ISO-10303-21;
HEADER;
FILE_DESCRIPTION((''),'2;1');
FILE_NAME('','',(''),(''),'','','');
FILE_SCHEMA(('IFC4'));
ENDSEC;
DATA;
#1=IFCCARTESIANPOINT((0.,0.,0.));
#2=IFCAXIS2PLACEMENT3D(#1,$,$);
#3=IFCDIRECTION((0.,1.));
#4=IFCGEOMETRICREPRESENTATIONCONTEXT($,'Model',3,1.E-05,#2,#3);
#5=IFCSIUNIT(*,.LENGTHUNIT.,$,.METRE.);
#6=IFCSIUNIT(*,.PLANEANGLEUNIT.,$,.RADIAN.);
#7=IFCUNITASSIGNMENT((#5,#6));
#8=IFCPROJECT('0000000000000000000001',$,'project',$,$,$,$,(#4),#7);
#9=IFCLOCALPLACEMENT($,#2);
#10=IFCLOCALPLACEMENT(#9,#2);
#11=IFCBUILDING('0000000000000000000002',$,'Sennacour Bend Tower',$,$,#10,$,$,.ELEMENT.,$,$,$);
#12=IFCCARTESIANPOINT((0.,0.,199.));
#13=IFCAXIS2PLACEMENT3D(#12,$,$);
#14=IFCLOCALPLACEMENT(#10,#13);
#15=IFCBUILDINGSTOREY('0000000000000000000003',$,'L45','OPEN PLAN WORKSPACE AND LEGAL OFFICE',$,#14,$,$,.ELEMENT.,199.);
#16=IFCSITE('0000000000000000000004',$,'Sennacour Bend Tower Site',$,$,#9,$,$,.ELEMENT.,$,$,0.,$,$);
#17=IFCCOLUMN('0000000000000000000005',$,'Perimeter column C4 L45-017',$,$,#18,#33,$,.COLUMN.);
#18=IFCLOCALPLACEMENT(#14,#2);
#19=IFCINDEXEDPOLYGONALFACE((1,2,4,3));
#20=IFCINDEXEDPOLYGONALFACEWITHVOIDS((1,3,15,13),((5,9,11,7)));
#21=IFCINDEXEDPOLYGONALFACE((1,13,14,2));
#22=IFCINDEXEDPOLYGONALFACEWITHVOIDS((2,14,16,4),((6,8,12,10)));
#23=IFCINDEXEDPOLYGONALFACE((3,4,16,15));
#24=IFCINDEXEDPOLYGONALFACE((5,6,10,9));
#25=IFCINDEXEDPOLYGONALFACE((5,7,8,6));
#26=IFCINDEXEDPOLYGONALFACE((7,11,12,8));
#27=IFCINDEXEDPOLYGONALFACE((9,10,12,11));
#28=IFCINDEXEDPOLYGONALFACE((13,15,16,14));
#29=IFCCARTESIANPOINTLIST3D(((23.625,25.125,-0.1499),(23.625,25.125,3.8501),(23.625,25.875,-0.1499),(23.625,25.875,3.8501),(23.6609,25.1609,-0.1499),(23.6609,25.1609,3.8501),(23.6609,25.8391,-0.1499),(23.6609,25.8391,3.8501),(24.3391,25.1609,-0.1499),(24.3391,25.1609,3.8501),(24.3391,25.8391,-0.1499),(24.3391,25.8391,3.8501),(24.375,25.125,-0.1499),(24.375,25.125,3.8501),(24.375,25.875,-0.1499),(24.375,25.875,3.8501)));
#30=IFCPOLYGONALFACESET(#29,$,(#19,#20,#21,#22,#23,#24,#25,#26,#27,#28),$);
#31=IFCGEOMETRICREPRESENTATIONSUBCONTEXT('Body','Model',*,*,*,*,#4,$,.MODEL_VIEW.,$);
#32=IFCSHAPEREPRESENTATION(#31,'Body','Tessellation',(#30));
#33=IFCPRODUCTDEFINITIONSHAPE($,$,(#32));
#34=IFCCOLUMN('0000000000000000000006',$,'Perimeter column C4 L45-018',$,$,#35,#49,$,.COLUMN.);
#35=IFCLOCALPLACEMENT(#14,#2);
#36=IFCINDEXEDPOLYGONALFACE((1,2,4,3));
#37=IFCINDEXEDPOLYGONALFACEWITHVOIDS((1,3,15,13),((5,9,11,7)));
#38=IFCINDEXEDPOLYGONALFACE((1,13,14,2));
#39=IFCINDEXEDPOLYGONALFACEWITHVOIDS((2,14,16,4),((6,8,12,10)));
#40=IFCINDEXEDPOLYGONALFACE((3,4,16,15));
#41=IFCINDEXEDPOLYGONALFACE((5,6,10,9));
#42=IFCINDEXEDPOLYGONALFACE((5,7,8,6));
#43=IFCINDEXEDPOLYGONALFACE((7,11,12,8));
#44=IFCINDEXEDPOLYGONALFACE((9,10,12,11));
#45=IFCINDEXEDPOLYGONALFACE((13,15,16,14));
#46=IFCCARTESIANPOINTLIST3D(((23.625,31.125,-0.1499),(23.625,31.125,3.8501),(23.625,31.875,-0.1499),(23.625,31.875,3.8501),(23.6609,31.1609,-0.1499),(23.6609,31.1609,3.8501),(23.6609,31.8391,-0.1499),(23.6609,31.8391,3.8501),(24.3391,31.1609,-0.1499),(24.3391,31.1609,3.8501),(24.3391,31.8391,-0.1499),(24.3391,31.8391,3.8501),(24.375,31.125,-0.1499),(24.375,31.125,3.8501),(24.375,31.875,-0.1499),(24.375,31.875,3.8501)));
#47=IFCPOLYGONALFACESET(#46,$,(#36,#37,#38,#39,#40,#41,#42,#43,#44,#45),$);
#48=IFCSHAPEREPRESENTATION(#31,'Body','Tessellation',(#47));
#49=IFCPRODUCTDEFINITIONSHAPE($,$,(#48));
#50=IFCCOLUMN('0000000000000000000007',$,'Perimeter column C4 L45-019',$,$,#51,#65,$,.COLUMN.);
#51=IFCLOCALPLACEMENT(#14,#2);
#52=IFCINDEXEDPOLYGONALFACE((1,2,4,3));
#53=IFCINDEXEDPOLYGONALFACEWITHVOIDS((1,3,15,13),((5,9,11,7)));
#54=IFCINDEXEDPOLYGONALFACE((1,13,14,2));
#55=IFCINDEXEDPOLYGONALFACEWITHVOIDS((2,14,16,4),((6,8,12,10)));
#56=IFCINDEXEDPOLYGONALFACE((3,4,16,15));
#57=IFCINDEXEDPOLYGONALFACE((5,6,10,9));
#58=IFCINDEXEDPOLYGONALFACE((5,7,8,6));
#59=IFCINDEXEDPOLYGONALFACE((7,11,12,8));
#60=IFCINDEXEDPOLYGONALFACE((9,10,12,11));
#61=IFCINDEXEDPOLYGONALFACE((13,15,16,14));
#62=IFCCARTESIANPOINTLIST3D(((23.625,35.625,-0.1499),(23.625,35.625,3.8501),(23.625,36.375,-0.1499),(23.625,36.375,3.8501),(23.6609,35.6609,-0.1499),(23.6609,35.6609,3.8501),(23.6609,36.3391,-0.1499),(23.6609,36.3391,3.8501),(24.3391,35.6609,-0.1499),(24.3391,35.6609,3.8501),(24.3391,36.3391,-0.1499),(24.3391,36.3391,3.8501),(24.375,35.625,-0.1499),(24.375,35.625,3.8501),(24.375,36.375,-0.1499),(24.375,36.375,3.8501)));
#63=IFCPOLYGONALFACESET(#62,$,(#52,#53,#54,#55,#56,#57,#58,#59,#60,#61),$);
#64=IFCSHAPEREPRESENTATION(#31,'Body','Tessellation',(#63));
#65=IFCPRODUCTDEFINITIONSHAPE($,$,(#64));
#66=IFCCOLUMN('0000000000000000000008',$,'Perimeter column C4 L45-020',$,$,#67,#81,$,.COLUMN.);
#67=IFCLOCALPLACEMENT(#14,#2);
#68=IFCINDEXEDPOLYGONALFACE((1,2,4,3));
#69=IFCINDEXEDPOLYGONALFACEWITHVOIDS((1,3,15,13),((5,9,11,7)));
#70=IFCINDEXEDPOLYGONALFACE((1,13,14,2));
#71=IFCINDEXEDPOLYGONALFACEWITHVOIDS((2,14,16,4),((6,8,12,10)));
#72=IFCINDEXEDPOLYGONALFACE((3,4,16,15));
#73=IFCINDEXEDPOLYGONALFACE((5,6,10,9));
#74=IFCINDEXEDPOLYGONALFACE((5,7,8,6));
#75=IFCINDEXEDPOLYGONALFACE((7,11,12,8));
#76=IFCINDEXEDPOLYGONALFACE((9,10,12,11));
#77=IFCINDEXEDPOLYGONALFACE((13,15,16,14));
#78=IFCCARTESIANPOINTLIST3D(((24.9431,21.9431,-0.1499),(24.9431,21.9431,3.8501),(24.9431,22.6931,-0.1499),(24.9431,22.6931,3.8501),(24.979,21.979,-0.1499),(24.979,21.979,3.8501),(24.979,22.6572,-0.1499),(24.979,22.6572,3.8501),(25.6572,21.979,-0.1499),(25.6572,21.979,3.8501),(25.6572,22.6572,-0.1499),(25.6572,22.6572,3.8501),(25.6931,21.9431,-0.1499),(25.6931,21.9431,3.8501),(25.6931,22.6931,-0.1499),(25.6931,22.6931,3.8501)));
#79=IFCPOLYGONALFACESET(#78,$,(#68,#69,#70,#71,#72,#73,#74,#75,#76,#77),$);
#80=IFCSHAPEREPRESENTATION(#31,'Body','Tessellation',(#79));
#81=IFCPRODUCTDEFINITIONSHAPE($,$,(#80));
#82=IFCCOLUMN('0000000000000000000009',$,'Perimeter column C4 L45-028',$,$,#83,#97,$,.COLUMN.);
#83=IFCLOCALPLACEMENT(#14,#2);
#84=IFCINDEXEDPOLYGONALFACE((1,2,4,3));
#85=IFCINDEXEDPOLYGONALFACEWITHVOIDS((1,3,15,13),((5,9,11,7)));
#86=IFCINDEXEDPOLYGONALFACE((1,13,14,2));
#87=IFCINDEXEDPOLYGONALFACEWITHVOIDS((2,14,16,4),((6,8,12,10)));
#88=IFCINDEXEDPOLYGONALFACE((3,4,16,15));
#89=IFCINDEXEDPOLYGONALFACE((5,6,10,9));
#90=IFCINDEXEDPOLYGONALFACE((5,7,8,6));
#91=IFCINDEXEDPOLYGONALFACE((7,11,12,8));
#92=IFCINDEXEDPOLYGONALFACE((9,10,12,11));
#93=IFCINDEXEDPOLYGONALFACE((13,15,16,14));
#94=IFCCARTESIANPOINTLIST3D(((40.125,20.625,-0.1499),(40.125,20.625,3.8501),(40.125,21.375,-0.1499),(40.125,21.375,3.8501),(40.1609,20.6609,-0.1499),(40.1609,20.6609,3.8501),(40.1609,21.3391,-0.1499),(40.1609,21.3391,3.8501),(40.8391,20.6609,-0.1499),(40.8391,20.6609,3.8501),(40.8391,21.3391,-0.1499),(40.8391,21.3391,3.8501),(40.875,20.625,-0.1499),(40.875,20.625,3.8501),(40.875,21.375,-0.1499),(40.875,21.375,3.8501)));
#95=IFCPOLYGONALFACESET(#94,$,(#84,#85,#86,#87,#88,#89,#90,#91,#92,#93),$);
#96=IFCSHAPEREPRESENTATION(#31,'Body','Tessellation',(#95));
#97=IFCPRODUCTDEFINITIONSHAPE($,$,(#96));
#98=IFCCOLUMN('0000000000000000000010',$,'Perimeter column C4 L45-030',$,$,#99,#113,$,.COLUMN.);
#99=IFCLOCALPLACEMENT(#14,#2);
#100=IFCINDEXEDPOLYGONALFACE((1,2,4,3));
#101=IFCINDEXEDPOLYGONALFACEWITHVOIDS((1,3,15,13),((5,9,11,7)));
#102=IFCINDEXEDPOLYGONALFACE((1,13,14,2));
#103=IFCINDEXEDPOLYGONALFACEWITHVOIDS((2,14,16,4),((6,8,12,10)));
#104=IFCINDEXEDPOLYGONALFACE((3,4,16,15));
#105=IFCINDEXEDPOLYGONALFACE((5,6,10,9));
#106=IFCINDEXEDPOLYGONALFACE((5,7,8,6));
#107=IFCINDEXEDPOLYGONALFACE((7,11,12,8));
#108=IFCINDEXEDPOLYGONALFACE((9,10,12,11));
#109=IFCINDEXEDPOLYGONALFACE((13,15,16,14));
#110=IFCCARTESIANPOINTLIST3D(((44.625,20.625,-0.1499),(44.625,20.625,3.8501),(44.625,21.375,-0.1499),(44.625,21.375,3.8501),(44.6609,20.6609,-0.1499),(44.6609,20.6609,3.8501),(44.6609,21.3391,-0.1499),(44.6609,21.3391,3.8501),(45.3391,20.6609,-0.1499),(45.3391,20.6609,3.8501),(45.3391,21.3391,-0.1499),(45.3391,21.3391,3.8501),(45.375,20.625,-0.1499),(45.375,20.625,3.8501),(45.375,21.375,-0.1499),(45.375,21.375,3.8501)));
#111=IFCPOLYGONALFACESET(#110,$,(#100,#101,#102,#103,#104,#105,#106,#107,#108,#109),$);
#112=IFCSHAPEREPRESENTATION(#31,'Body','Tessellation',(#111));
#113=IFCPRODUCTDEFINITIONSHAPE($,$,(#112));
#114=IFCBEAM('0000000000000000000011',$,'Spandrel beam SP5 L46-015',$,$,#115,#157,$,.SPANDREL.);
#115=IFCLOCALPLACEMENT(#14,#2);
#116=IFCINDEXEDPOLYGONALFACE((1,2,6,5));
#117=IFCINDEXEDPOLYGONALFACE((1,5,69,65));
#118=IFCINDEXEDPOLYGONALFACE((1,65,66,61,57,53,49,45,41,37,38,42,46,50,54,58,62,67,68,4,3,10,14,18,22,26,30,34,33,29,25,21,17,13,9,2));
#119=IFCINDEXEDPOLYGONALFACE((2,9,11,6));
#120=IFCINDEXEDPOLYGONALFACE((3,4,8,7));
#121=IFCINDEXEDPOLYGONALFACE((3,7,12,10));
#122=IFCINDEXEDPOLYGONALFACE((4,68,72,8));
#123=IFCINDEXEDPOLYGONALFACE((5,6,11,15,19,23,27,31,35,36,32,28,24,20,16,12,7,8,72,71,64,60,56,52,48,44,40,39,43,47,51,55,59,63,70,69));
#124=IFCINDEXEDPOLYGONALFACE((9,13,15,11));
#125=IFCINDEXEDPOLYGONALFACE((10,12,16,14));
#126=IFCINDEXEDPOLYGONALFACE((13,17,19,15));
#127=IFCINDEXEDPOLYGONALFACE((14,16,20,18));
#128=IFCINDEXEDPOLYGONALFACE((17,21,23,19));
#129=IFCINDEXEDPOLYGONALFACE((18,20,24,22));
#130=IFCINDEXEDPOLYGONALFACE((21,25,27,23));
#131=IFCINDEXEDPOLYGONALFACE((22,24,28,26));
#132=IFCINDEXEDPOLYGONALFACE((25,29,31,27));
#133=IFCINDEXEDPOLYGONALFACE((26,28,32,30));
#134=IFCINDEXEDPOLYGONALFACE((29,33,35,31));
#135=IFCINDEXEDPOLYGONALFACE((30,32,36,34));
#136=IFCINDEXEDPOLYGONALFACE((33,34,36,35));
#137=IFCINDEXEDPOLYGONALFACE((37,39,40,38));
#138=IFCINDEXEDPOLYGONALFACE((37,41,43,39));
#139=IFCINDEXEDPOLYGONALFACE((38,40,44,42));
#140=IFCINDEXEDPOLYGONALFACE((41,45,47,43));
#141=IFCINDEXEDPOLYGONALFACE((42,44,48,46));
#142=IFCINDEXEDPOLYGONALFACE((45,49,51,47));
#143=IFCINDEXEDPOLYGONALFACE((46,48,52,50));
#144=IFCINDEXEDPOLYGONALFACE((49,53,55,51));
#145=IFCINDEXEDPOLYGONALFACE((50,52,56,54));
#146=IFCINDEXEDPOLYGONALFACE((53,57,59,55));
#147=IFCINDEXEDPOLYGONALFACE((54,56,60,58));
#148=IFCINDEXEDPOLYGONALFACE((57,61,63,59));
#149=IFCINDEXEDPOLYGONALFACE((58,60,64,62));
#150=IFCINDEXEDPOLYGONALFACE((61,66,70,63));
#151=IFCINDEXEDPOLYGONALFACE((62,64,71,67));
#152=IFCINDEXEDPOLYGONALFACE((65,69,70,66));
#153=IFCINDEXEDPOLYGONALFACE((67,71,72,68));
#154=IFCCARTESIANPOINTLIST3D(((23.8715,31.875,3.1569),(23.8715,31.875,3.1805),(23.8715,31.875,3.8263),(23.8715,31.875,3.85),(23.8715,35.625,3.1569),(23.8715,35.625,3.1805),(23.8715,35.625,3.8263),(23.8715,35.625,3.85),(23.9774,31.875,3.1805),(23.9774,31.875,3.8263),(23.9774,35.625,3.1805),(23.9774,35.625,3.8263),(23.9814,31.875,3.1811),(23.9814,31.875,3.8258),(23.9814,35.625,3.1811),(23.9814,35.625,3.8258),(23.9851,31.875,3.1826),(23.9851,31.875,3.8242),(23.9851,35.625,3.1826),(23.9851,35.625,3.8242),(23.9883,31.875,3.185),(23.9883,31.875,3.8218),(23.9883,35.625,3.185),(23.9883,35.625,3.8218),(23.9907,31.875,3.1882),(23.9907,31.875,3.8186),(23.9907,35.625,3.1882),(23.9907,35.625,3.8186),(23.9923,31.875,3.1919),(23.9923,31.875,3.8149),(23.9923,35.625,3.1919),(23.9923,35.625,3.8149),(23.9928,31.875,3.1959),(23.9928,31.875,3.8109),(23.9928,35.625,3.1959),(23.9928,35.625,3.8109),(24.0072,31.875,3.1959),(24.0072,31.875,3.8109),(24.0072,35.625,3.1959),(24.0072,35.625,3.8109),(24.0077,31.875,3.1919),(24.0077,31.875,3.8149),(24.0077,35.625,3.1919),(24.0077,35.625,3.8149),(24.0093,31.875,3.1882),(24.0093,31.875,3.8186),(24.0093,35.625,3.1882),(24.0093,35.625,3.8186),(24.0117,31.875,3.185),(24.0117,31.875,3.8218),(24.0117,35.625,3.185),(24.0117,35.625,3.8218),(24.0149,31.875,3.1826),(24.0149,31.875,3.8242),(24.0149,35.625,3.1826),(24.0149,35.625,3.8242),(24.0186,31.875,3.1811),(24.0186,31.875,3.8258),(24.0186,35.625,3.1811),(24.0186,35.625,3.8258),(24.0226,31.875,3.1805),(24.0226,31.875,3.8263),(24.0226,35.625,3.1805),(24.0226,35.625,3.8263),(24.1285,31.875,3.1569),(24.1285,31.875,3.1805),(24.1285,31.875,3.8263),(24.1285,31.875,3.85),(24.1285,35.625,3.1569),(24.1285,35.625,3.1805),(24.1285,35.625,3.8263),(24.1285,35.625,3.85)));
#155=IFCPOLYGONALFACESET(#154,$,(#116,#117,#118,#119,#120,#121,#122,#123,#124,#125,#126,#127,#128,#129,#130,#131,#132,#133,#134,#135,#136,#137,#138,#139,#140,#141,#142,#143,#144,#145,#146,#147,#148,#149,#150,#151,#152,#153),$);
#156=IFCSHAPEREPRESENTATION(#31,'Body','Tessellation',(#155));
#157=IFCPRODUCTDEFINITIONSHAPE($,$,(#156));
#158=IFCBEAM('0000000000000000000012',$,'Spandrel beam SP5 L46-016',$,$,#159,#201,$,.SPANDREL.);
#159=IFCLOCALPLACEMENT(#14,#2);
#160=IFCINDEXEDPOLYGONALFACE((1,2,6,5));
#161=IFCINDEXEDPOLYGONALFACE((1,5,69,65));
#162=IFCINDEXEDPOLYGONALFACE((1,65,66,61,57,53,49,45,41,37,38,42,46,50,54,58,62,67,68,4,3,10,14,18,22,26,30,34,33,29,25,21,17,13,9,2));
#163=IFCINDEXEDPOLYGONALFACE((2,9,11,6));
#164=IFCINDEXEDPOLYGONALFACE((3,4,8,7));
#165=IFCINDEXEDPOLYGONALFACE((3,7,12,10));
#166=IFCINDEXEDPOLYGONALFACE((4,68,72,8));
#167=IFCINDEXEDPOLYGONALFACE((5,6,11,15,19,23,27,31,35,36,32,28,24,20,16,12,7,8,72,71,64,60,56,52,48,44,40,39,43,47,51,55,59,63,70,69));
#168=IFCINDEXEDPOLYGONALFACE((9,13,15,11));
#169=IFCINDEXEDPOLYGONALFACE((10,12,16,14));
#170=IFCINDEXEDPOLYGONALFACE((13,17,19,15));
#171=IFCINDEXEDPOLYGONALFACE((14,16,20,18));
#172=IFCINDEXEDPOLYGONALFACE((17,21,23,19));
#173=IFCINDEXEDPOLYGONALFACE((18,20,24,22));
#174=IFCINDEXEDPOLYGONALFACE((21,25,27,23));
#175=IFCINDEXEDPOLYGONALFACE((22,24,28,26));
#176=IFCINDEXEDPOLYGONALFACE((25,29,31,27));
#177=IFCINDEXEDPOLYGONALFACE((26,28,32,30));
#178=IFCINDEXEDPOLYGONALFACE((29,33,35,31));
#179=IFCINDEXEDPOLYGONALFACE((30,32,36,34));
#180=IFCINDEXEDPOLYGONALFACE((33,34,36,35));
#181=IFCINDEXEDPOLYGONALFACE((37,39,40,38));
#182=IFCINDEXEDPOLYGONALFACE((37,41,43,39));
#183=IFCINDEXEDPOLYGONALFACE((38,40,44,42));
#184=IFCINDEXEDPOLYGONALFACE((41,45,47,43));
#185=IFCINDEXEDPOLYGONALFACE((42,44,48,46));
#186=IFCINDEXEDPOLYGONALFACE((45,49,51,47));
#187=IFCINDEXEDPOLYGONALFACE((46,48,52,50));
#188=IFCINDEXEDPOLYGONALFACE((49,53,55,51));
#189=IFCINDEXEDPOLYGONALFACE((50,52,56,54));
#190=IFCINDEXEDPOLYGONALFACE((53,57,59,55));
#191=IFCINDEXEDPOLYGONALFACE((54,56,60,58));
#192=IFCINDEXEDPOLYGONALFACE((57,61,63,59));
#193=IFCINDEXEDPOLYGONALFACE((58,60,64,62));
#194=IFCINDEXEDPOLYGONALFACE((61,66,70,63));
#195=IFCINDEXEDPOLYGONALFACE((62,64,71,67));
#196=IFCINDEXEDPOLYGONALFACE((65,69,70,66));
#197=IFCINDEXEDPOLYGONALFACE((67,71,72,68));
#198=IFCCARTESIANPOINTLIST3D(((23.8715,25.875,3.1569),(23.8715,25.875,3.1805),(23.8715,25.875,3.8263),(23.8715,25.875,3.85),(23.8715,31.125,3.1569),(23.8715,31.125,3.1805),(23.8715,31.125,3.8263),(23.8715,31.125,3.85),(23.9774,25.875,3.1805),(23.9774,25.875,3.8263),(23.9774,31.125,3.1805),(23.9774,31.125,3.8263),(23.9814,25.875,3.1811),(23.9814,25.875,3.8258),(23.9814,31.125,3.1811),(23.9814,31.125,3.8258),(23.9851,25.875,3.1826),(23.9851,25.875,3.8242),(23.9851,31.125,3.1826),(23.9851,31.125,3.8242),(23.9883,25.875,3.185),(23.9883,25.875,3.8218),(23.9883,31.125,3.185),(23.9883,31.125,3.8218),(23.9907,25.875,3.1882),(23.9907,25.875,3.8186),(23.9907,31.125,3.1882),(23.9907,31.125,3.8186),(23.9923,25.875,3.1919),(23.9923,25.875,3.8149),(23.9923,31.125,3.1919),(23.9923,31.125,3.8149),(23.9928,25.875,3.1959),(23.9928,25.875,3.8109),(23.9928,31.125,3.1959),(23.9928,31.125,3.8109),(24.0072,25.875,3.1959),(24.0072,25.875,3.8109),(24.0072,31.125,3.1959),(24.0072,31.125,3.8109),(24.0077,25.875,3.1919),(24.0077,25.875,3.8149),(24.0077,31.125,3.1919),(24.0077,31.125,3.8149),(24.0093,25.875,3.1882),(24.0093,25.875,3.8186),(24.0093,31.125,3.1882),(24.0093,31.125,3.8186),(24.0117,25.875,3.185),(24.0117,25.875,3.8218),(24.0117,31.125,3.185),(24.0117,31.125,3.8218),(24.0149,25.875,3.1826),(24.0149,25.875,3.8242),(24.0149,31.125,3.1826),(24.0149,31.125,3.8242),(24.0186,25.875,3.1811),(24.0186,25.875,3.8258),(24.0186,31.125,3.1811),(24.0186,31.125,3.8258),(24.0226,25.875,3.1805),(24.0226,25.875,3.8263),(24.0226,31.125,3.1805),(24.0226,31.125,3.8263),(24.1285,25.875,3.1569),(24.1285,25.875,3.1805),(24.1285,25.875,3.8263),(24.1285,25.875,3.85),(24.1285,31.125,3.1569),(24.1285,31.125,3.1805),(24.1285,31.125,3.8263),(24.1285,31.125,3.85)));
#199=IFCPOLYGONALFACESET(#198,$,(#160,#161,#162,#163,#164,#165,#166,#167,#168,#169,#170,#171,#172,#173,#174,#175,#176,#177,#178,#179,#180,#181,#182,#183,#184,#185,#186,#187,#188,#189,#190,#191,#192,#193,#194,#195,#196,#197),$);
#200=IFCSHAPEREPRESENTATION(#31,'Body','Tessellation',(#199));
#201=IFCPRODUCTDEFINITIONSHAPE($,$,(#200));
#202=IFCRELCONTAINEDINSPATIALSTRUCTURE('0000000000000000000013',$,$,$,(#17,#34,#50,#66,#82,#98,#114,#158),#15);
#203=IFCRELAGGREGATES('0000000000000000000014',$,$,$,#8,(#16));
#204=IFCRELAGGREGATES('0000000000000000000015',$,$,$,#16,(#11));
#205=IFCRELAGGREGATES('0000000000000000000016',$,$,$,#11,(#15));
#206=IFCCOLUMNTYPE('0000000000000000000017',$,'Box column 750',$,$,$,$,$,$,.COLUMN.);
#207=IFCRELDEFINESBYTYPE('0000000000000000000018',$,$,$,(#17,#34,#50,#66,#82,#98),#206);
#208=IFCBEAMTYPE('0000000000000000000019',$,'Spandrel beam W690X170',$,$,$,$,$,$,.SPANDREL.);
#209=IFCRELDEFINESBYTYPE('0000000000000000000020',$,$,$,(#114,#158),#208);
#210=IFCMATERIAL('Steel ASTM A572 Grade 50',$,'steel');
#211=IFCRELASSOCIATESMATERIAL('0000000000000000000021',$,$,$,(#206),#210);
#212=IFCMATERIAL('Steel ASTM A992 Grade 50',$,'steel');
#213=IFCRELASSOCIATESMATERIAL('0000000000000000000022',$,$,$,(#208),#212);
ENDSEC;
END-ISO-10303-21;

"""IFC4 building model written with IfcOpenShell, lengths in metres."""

from ifc_helpers import new_model, si_unit, direction, frame, origin, origin_2d, place, context, subcontext, project, spatial, hollow_rectangle, i_section, extrude, material, material_profile, profile_set, type_object, element, save


model = new_model("IFC4")

# Units and contexts
model_context = context("Model", 3, precision=1e-05, world=origin(), true_north=direction((0.0, 1.0)))
body_context = subcontext(model_context, "Body", "Model", "MODEL_VIEW")
ifc_project = project(units=[si_unit("LENGTHUNIT", "METRE"), si_unit("PLANEANGLEUNIT", "RADIAN")], contexts=[model_context])

# Site, building, storey
site_placement = place(None, origin())
site = spatial("IfcSite", under=ifc_project, at=site_placement, Name="Sennacour Bend Tower Site", CompositionType="ELEMENT", RefElevation=0.0)
building_placement = place(site_placement, origin())
building = spatial("IfcBuilding", under=site, at=building_placement, Name="Sennacour Bend Tower", CompositionType="ELEMENT")
storey_placement = place(building_placement, frame((0.0, 0.0, 199.0)))
storey = spatial("IfcBuildingStorey", under=building, at=storey_placement, Name="L45", Description="OPEN PLAN WORKSPACE AND LEGAL OFFICE", CompositionType="ELEMENT", Elevation=199.0)

# Columns
ifc_material_1 = material(Name="Steel ASTM A572 Grade 50", Category="steel")
ifc_material_profile_1 = material_profile(ifc_material_1, hollow_rectangle(XDim=0.75, YDim=0.75, WallThickness=0.0359, at=origin_2d()), Name="Steel ASTM A572 Grade 50", Category="steel")
ifc_profile_set_1 = profile_set([ifc_material_profile_1], Name="Steel ASTM A572 Grade 50")
column_type = type_object("IfcColumnType", Name="Box column 750", PredefinedType="COLUMN", material=ifc_profile_set_1)
for number, where, z_axis, x_axis, name in (
    (1, (24.0, 25.5, -0.1499), (0.0, 0.0, 1.0), (1.0, 0.0, 0.0), "Perimeter column C4 L45-017"),
    (2, (24.0, 31.5, -0.1499), (0.0, 0.0, 1.0), (1.0, 0.0, 0.0), "Perimeter column C4 L45-018"),
    (3, (24.0, 36.0, -0.1499), (0.0, 0.0, 1.0), (1.0, 0.0, 0.0), "Perimeter column C4 L45-019"),
    (4, (25.3181, 22.3181, -0.1499), (0.0, 0.0, 1.0), (1.0, 0.0, 0.0), "Perimeter column C4 L45-020"),
    (5, (40.5, 21.0, -0.1499), (0.0, 0.0, 1.0), (1.0, 0.0, 0.0), "Perimeter column C4 L45-028"),
    (6, (45.0, 21.0, -0.1499), (0.0, 0.0, 1.0), (1.0, 0.0, 0.0), "Perimeter column C4 L45-030"),
):
    element("IfcColumn", number, at=place(storey_placement, frame(where, z_axis=z_axis, x_axis=x_axis)), inside=storey, type_object=column_type, Name=name, PredefinedType="COLUMN", context=body_context, shape_type="SweptSolid", body=[
        extrude(hollow_rectangle(XDim=0.75, YDim=0.75, WallThickness=0.0359, at=origin_2d()), origin(), (0.0, 0.0, 1.0), 4.0),
    ])

# Beams
ifc_material_2 = material(Name="Steel ASTM A992 Grade 50", Category="steel")
ifc_material_profile_2 = material_profile(ifc_material_2, i_section(OverallWidth=0.2571, OverallDepth=0.6931, WebThickness=0.0144, FlangeThickness=0.0237, FilletRadius=0.0154, at=origin_2d()), Name="Steel ASTM A992 Grade 50", Category="steel")
ifc_profile_set_2 = profile_set([ifc_material_profile_2], Name="Steel ASTM A992 Grade 50")
beam_type = type_object("IfcBeamType", Name="Spandrel beam W690X170", PredefinedType="SPANDREL", material=ifc_profile_set_2)
beam_1_placement = place(storey_placement, frame((24.0, 35.625, 3.5034), z_axis=(0.0, -1.0, 0.0), x_axis=(1.0, 0.0, 0.0)))
element("IfcBeam", 7, at=beam_1_placement, inside=storey, type_object=beam_type, Name="Spandrel beam SP5 L46-015", PredefinedType="SPANDREL", context=body_context, shape_type="SweptSolid", body=[
    extrude(i_section(OverallWidth=0.2571, OverallDepth=0.6931, WebThickness=0.0144, FlangeThickness=0.0237, FilletRadius=0.0154, at=origin_2d()), origin(), (0.0, 0.0, 1.0), 3.75),
])
beam_2_placement = place(storey_placement, frame((24.0, 31.125, 3.5034), z_axis=(0.0, -1.0, 0.0), x_axis=(1.0, 0.0, 0.0)))
element("IfcBeam", 8, at=beam_2_placement, inside=storey, type_object=beam_type, Name="Spandrel beam SP5 L46-016", PredefinedType="SPANDREL", context=body_context, shape_type="SweptSolid", body=[
    extrude(i_section(OverallWidth=0.2571, OverallDepth=0.6931, WebThickness=0.0144, FlangeThickness=0.0237, FilletRadius=0.0154, at=origin_2d()), origin(), (0.0, 0.0, 1.0), 5.25),
])

save(model, "model.ifc")
